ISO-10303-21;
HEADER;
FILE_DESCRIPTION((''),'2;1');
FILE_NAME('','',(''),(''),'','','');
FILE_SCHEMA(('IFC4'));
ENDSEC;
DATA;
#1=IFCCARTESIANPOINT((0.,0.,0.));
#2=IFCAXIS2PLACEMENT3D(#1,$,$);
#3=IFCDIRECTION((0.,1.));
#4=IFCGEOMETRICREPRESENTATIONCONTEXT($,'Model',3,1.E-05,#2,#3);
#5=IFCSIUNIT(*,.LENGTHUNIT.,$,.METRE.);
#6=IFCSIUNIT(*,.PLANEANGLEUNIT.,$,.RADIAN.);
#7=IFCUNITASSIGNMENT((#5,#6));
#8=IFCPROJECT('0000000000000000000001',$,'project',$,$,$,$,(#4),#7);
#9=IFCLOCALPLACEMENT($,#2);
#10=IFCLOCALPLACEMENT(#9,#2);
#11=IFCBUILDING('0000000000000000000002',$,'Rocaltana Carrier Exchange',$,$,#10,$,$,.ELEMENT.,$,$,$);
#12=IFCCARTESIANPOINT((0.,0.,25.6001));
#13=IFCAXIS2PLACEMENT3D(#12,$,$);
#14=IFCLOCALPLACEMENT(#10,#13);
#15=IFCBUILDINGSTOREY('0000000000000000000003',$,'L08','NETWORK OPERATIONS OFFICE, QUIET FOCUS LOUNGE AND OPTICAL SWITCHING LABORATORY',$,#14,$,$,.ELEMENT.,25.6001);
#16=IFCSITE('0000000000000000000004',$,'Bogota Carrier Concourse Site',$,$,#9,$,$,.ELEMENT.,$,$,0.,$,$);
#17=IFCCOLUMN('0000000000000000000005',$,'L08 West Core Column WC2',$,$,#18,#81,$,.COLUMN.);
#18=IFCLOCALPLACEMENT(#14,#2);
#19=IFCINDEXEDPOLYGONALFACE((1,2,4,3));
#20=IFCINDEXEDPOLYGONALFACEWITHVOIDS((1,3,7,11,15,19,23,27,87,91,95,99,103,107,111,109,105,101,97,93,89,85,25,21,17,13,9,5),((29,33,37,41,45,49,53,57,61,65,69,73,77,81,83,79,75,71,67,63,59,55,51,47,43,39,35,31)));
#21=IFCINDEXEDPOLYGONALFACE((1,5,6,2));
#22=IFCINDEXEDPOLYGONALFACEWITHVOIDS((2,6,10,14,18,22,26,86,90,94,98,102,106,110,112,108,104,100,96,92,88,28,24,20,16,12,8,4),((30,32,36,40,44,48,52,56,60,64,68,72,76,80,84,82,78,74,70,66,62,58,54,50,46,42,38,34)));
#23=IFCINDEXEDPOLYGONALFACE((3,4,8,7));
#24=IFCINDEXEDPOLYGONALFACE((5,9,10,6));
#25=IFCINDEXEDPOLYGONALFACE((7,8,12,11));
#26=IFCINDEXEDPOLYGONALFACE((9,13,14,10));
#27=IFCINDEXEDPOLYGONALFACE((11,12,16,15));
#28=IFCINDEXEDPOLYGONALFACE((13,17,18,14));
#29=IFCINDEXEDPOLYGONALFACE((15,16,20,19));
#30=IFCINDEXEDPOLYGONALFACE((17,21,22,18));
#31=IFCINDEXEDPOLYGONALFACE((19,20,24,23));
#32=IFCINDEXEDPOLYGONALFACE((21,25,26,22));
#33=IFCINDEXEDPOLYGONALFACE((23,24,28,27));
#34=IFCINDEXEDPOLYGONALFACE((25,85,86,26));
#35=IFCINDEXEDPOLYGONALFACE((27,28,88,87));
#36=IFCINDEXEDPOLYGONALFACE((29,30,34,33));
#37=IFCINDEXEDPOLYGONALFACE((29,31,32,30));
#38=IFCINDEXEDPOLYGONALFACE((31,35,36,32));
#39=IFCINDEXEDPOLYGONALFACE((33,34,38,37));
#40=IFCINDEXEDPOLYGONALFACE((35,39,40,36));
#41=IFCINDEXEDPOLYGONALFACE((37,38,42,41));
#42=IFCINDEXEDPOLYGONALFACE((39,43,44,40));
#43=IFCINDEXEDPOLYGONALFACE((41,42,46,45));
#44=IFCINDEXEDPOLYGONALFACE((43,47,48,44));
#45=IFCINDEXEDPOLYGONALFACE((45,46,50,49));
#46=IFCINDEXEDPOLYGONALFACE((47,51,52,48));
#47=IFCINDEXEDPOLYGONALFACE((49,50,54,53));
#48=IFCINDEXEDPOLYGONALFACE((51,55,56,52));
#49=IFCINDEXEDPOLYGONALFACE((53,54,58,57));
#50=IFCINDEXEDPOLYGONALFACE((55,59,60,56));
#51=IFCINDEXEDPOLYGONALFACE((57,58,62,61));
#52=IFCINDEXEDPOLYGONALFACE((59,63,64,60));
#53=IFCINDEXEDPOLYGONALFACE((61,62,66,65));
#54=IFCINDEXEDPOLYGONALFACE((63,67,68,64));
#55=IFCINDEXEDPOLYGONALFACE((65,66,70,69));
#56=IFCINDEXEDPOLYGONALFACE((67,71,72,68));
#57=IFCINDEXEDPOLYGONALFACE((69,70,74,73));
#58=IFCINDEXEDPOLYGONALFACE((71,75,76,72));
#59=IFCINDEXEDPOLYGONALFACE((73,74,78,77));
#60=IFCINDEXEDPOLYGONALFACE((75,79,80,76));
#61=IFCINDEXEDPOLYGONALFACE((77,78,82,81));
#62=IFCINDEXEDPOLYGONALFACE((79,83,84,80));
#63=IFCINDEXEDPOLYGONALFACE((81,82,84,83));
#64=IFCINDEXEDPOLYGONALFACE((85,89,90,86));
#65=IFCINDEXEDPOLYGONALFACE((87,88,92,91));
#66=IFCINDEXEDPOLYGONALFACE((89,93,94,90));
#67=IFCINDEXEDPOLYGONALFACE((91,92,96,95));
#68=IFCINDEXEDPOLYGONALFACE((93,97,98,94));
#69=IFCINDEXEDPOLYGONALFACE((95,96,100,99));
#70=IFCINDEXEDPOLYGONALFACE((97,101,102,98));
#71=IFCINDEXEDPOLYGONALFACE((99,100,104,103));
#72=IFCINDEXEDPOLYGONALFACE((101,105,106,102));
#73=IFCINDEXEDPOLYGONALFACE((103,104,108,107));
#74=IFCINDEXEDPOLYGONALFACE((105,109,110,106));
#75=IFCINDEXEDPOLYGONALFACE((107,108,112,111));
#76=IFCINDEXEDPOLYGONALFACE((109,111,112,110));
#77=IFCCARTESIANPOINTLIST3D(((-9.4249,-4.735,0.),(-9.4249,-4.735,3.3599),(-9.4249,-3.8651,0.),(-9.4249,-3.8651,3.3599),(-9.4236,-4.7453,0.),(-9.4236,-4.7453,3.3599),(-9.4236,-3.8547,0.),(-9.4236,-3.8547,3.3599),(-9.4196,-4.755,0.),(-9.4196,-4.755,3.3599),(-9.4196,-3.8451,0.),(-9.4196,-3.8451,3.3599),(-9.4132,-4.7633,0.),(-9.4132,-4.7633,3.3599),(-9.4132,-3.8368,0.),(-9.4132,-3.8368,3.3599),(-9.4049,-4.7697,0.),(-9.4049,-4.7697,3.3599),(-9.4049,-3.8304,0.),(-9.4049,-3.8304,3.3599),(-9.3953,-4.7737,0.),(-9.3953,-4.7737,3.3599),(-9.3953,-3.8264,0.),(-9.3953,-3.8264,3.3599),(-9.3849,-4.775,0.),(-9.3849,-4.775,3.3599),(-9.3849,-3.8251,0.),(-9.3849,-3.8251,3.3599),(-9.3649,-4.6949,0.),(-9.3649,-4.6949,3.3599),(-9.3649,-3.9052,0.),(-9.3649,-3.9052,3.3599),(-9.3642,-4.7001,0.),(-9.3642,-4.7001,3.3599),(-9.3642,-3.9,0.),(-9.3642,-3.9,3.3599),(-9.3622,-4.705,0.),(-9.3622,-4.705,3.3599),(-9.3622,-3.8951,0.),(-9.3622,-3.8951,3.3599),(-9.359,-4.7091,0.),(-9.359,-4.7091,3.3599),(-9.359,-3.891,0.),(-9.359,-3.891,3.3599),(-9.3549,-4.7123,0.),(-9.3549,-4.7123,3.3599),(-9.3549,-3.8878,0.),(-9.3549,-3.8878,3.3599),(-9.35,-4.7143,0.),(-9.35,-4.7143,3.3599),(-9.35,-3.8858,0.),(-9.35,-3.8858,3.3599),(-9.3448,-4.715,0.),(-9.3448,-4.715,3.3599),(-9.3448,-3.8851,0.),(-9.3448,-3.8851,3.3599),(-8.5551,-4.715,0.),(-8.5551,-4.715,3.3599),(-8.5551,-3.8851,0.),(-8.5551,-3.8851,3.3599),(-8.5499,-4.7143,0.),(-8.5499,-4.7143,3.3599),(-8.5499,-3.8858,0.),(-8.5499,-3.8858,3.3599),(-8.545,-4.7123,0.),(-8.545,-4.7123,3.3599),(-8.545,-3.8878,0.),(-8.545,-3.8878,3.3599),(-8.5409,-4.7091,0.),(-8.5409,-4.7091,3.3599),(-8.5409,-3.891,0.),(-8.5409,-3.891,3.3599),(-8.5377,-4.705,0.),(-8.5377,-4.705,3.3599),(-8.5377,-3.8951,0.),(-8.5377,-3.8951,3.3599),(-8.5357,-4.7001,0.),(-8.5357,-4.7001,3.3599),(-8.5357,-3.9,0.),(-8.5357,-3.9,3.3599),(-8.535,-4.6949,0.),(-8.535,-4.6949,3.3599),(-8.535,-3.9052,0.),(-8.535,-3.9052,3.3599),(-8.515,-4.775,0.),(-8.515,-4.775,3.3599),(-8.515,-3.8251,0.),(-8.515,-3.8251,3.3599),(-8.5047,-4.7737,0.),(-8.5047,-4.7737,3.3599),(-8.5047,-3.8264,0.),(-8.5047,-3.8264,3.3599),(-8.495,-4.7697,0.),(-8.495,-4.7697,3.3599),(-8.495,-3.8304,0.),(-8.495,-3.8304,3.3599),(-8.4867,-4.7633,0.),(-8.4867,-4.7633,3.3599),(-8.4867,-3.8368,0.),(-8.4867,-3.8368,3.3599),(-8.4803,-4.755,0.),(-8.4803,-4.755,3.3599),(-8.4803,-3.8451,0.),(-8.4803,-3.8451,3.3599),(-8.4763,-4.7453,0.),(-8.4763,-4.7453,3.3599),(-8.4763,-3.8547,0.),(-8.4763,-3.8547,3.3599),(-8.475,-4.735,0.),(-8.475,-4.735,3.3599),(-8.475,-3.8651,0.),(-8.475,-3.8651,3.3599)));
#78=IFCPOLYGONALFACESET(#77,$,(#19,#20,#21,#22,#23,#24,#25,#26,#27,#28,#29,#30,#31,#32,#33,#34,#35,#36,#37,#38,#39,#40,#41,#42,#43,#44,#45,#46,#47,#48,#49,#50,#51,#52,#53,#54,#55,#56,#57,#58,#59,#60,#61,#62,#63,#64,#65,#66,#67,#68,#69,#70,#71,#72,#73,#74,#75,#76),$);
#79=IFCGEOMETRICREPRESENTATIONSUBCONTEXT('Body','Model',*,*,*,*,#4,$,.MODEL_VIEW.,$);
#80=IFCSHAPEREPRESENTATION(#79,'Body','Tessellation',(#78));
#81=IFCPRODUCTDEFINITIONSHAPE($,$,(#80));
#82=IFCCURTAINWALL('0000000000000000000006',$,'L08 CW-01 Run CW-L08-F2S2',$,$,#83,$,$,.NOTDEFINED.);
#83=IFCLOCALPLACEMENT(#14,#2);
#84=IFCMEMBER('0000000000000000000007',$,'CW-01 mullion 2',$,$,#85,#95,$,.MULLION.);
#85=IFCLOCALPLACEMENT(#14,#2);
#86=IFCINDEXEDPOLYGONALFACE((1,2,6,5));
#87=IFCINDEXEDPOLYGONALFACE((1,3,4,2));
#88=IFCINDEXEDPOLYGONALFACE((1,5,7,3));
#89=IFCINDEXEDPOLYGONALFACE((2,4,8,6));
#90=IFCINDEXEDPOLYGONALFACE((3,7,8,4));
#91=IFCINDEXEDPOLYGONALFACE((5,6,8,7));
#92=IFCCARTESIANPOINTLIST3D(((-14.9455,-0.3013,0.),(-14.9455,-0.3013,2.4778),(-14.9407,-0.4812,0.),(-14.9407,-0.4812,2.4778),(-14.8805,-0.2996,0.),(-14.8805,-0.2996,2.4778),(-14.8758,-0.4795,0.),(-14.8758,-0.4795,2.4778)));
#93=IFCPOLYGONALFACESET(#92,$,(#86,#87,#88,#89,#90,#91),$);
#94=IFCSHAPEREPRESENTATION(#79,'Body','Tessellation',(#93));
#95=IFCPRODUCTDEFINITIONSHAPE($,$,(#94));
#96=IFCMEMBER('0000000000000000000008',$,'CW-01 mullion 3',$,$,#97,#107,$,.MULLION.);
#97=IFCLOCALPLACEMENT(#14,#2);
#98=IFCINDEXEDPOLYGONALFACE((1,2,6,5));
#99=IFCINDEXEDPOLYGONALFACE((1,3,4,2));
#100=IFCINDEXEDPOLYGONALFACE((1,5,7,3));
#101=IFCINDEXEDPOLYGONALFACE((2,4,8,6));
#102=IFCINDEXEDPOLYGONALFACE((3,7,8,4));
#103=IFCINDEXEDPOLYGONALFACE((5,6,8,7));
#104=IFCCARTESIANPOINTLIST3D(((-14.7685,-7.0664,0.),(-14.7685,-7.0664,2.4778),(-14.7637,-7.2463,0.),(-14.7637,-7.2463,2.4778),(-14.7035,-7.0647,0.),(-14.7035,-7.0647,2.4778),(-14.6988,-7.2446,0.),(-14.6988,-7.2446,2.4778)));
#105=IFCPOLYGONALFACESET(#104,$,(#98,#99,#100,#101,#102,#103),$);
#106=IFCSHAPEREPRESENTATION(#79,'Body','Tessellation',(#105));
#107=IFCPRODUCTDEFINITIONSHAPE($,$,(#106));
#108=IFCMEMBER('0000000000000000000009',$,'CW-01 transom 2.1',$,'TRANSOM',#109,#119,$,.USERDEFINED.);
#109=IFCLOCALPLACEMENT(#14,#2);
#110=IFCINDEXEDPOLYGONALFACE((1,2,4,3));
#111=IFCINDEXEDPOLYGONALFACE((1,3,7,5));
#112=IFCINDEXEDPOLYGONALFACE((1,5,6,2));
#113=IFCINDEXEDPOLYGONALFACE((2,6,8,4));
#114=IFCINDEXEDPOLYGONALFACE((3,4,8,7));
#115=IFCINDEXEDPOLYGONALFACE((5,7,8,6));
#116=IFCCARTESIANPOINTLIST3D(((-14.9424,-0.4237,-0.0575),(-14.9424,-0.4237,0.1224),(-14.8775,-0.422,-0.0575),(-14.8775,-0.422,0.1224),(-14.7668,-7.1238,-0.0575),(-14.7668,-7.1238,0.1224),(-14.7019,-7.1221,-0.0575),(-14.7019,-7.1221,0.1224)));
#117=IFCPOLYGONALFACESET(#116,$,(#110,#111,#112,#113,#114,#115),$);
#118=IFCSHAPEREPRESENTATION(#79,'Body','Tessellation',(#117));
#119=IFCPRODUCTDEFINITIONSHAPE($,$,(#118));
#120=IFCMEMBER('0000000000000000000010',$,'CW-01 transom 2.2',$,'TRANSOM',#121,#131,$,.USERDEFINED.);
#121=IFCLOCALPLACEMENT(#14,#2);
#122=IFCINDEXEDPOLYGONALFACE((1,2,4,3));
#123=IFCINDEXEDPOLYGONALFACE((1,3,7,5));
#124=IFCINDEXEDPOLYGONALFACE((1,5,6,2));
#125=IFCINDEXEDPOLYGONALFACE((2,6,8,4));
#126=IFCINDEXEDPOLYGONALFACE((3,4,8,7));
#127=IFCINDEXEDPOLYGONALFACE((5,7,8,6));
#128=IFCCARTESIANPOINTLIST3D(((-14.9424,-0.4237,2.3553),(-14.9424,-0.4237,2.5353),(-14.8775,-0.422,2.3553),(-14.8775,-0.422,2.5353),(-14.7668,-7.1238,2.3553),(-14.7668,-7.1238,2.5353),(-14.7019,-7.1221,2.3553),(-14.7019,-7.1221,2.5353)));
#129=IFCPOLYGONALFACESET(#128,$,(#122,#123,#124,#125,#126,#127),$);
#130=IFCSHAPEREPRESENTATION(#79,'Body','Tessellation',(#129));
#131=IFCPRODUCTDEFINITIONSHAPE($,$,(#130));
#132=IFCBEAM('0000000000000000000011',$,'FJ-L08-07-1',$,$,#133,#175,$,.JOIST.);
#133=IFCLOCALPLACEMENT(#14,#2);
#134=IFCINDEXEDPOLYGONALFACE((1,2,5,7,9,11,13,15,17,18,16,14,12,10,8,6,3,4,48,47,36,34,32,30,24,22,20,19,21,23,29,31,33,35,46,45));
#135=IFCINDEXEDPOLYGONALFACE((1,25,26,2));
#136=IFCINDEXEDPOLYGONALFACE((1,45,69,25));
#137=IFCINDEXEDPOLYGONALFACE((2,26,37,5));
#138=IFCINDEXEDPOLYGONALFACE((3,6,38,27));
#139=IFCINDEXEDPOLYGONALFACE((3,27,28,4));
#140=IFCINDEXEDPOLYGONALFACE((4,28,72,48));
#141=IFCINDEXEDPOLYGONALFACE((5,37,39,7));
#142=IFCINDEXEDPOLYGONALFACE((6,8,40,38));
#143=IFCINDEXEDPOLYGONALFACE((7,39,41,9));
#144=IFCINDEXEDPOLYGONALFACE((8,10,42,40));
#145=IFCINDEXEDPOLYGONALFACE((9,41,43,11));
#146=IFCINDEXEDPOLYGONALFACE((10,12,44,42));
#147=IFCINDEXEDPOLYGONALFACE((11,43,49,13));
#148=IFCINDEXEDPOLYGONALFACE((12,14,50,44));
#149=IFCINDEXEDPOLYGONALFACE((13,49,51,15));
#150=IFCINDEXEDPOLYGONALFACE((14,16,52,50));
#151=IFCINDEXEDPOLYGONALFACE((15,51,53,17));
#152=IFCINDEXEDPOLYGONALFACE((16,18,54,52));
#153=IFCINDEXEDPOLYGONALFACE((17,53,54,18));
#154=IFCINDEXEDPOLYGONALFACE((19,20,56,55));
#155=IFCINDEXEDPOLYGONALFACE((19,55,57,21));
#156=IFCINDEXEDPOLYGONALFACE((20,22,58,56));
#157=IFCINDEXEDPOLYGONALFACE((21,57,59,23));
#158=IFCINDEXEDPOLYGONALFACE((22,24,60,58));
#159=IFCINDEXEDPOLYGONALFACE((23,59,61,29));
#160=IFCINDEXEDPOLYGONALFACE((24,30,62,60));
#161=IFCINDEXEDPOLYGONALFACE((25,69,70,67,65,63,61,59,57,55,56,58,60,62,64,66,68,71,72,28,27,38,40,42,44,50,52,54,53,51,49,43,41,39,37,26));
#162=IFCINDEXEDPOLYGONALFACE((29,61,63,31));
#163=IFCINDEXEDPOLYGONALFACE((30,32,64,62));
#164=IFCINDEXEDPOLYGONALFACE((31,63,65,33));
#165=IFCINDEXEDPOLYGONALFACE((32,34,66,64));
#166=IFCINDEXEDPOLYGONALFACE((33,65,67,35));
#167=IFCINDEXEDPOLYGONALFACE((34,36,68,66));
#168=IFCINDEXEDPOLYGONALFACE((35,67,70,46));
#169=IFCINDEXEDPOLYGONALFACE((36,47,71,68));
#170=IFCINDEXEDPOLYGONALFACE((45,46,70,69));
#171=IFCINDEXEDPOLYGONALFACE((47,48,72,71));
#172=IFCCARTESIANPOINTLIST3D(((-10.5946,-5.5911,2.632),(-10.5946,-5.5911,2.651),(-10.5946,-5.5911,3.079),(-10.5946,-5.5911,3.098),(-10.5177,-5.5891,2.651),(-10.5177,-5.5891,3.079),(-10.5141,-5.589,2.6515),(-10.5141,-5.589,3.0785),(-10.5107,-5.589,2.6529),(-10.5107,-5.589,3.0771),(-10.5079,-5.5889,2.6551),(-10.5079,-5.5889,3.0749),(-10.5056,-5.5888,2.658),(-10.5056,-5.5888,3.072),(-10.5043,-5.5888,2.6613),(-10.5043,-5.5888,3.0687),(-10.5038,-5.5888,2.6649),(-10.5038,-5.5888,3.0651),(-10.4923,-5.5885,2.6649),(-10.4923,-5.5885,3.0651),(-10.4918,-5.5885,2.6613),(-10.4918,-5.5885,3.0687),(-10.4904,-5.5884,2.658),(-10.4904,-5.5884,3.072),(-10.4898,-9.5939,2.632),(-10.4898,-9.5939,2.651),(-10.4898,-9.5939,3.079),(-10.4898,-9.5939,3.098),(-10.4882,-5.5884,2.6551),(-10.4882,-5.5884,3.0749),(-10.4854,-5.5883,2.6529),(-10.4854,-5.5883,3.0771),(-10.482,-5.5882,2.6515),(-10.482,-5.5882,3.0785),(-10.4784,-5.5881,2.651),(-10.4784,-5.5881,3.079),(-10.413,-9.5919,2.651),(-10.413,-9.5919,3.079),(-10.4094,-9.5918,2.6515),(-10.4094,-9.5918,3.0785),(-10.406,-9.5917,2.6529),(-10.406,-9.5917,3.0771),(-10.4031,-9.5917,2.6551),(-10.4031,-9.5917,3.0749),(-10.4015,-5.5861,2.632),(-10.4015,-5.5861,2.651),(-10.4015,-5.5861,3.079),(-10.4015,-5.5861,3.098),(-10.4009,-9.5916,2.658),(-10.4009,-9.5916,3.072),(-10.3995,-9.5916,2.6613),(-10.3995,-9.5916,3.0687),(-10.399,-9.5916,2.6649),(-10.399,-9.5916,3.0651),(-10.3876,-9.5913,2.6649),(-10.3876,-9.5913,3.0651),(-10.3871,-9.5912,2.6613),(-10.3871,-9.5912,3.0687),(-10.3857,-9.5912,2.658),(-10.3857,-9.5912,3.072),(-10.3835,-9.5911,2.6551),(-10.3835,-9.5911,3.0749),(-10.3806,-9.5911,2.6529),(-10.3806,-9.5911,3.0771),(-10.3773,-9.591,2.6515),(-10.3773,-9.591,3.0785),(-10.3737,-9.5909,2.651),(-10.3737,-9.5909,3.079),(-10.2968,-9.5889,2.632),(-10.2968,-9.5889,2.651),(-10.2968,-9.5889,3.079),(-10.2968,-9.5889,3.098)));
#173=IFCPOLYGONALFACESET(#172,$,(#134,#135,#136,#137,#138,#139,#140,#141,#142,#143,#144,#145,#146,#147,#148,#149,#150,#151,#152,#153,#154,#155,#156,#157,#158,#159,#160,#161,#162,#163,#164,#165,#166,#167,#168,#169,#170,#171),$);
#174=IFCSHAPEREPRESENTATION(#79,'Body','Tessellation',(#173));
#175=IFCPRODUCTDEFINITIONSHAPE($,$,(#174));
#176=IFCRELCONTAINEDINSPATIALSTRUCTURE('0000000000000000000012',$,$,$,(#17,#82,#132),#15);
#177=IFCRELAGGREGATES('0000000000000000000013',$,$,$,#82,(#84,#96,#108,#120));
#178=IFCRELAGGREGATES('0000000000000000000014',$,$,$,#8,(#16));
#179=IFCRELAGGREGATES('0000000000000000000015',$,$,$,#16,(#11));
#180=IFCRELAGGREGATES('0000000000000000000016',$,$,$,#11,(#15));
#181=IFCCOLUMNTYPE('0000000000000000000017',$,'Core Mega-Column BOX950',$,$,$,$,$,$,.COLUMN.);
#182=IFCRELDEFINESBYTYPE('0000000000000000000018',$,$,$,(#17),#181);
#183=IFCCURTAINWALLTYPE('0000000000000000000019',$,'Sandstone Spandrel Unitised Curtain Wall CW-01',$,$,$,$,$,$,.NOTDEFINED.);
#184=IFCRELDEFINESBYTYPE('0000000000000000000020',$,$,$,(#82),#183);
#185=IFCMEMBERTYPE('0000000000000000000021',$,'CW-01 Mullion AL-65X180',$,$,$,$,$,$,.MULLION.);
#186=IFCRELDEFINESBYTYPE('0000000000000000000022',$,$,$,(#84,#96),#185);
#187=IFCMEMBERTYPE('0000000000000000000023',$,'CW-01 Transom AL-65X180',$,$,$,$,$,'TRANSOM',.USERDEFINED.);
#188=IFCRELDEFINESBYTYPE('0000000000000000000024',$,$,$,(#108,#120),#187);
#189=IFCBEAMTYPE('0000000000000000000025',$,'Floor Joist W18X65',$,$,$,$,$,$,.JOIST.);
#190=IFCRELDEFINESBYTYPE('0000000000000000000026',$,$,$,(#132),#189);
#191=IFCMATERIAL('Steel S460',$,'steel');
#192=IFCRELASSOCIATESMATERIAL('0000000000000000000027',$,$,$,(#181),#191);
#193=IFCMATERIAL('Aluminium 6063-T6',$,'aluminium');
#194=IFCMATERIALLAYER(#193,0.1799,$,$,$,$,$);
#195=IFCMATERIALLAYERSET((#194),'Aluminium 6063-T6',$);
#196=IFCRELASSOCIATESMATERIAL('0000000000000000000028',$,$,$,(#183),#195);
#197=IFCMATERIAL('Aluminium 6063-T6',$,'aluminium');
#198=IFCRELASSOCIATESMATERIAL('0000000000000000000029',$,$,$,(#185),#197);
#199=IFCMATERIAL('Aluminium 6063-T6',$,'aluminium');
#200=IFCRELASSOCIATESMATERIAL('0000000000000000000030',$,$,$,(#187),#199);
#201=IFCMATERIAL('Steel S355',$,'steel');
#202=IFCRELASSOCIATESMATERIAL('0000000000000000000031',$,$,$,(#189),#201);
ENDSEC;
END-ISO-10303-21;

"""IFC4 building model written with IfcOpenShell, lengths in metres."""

from ifc_helpers import new_model, si_unit, direction, frame, origin, origin_2d, place, context, subcontext, project, spatial, rectangle, hollow_rectangle, i_section, extrude, material, layer, layer_set, material_profile, profile_set, type_object, element, aggregate, save


model = new_model("IFC4")

# Units and contexts
model_context = context("Model", 3, precision=1e-05, world=origin(), true_north=direction((0.0, 1.0)))
body_context = subcontext(model_context, "Body", "Model", "MODEL_VIEW")
ifc_project = project(units=[si_unit("LENGTHUNIT", "METRE"), si_unit("PLANEANGLEUNIT", "RADIAN")], contexts=[model_context])

# Site, building, storey
site_placement = place(None, origin())
site = spatial("IfcSite", under=ifc_project, at=site_placement, Name="Bogota Carrier Concourse Site", CompositionType="ELEMENT", RefElevation=0.0)
building_placement = place(site_placement, origin())
building = spatial("IfcBuilding", under=site, at=building_placement, Name="Rocaltana Carrier Exchange", CompositionType="ELEMENT")
storey_placement = place(building_placement, frame((0.0, 0.0, 25.6001)))
storey = spatial("IfcBuildingStorey", under=building, at=storey_placement, Name="L08", Description="NETWORK OPERATIONS OFFICE, QUIET FOCUS LOUNGE AND OPTICAL SWITCHING LABORATORY", CompositionType="ELEMENT", Elevation=25.6001)

# Column
ifc_material_1 = material(Name="Steel S460", Category="steel")
ifc_material_profile_1 = material_profile(ifc_material_1, hollow_rectangle(XDim=0.95, YDim=0.95, WallThickness=0.0601, InnerFilletRadius=0.02, OuterFilletRadius=0.04, at=origin_2d()), Name="BOX950X950X60")
ifc_profile_set_1 = profile_set([ifc_material_profile_1], Name="Steel S460")
column_type = type_object("IfcColumnType", Name="Core Mega-Column BOX950", PredefinedType="COLUMN", material=ifc_profile_set_1)
column_placement = place(storey_placement, frame((-8.95, -4.3, 0.0), z_axis=(0.0, 0.0, 1.0), x_axis=(1.0, 0.0, 0.0)))
element("IfcColumn", 1, at=column_placement, inside=storey, type_object=column_type, Name="L08 West Core Column WC2", PredefinedType="COLUMN", context=body_context, shape_type="SweptSolid", body=[
    extrude(hollow_rectangle(XDim=0.95, YDim=0.95, WallThickness=0.0601, InnerFilletRadius=0.02, OuterFilletRadius=0.04, at=origin_2d()), origin(), (0.0, 0.0, 1.0), 3.3599),
])

# Curtain wall, members
ifc_material_2 = material(Name="Aluminium 6063-T6", Category="aluminium")
ifc_layer_1 = layer(ifc_material_2, 0.1799)
ifc_layer_set_1 = layer_set([ifc_layer_1], Name="Aluminium 6063-T6")
curtain_wall_type = type_object("IfcCurtainWallType", Name="Sandstone Spandrel Unitised Curtain Wall CW-01", PredefinedType="NOTDEFINED", material=ifc_layer_set_1)
curtain_wall_placement = place(storey_placement, origin())
curtain_wall = element("IfcCurtainWall", 2, at=curtain_wall_placement, inside=storey, type_object=curtain_wall_type, Name="L08 CW-01 Run CW-L08-F2S2", PredefinedType="NOTDEFINED")
ifc_material_3 = material(Name="Aluminium 6063-T6", Category="aluminium")
ifc_material_profile_2 = material_profile(ifc_material_3, rectangle(XDim=0.0649, YDim=0.1799, at=origin_2d()), Name="AL-65X180")
ifc_profile_set_2 = profile_set([ifc_material_profile_2], Name="Aluminium 6063-T6")
member_type_1 = type_object("IfcMemberType", Name="CW-01 Mullion AL-65X180", PredefinedType="MULLION", material=ifc_profile_set_2)
member_1_placement = place(storey_placement, frame((-14.9106, -0.3904, 0.0), z_axis=(0.0, 0.0, 1.0), x_axis=(0.999657, 0.026177, 0.0)))
member_1 = element("IfcMember", 3, at=member_1_placement, type_object=member_type_1, Name="CW-01 mullion 2", PredefinedType="MULLION", context=body_context, shape_type="SweptSolid", body=[
    extrude(rectangle(XDim=0.0649, YDim=0.1799, at=origin_2d()), origin(), (0.0, 0.0, 1.0), 2.4778),
])
member_2_placement = place(storey_placement, frame((-14.7336, -7.1555, 0.0), z_axis=(0.0, 0.0, 1.0), x_axis=(0.999657, 0.026177, 0.0)))
member_2 = element("IfcMember", 4, at=member_2_placement, type_object=member_type_1, Name="CW-01 mullion 3", PredefinedType="MULLION", context=body_context, shape_type="SweptSolid", body=[
    extrude(rectangle(XDim=0.0649, YDim=0.1799, at=origin_2d()), origin(), (0.0, 0.0, 1.0), 2.4778),
])
ifc_material_4 = material(Name="Aluminium 6063-T6", Category="aluminium")
ifc_material_profile_3 = material_profile(ifc_material_4, rectangle(XDim=0.0649, YDim=0.1799, at=origin_2d()), Name="AL-65X180")
ifc_profile_set_3 = profile_set([ifc_material_profile_3], Name="Aluminium 6063-T6")
member_type_2 = type_object("IfcMemberType", Name="CW-01 Transom AL-65X180", ElementType="TRANSOM", PredefinedType="USERDEFINED", material=ifc_profile_set_3)
member_3_placement = place(storey_placement, frame((-14.9099, -0.4229, 0.0325), z_axis=(0.02619, -0.999657, 0.0), x_axis=(0.999657, 0.02619, 0.0)))
member_3 = element("IfcMember", 5, at=member_3_placement, type_object=member_type_2, Name="CW-01 transom 2.1", ObjectType="TRANSOM", PredefinedType="USERDEFINED", context=body_context, shape_type="SweptSolid", body=[
    extrude(rectangle(XDim=0.0649, YDim=0.1799, at=origin_2d()), origin(), (0.0, 0.0, 1.0), 6.7024),
])
member_4_placement = place(storey_placement, frame((-14.9099, -0.4229, 2.4453), z_axis=(0.02619, -0.999657, 0.0), x_axis=(0.999657, 0.02619, 0.0)))
member_4 = element("IfcMember", 6, at=member_4_placement, type_object=member_type_2, Name="CW-01 transom 2.2", ObjectType="TRANSOM", PredefinedType="USERDEFINED", context=body_context, shape_type="SweptSolid", body=[
    extrude(rectangle(XDim=0.0649, YDim=0.1799, at=origin_2d()), origin(), (0.0, 0.0, 1.0), 6.7024),
])

# Beam
ifc_material_5 = material(Name="Steel S355", Category="steel")
ifc_material_profile_4 = material_profile(ifc_material_5, i_section(OverallWidth=0.1931, OverallDepth=0.4661, WebThickness=0.0115, FlangeThickness=0.019, FilletRadius=0.0139, at=origin_2d()), Name="W18X65")
ifc_profile_set_4 = profile_set([ifc_material_profile_4], Name="Steel S355")
beam_type_1 = type_object("IfcBeamType", Name="Floor Joist W18X65", PredefinedType="JOIST", material=ifc_profile_set_4)
beam_1_placement = place(storey_placement, frame((-10.498, -5.5886, 2.865), z_axis=(0.026158, -0.999658, 0.0), x_axis=(0.999658, 0.026158, 0.0)))
element("IfcBeam", 7, at=beam_1_placement, inside=storey, type_object=beam_type_1, Name="FJ-L08-07-1", PredefinedType="JOIST", context=body_context, shape_type="SweptSolid", body=[
    extrude(i_section(OverallWidth=0.1931, OverallDepth=0.4661, WebThickness=0.0115, FlangeThickness=0.019, FilletRadius=0.0139, at=origin_2d()), origin(), (0.0, 0.0, 1.0), 4.0042),
])

aggregate(curtain_wall, [member_1, member_2, member_3, member_4])

save(model, "model.ifc")
